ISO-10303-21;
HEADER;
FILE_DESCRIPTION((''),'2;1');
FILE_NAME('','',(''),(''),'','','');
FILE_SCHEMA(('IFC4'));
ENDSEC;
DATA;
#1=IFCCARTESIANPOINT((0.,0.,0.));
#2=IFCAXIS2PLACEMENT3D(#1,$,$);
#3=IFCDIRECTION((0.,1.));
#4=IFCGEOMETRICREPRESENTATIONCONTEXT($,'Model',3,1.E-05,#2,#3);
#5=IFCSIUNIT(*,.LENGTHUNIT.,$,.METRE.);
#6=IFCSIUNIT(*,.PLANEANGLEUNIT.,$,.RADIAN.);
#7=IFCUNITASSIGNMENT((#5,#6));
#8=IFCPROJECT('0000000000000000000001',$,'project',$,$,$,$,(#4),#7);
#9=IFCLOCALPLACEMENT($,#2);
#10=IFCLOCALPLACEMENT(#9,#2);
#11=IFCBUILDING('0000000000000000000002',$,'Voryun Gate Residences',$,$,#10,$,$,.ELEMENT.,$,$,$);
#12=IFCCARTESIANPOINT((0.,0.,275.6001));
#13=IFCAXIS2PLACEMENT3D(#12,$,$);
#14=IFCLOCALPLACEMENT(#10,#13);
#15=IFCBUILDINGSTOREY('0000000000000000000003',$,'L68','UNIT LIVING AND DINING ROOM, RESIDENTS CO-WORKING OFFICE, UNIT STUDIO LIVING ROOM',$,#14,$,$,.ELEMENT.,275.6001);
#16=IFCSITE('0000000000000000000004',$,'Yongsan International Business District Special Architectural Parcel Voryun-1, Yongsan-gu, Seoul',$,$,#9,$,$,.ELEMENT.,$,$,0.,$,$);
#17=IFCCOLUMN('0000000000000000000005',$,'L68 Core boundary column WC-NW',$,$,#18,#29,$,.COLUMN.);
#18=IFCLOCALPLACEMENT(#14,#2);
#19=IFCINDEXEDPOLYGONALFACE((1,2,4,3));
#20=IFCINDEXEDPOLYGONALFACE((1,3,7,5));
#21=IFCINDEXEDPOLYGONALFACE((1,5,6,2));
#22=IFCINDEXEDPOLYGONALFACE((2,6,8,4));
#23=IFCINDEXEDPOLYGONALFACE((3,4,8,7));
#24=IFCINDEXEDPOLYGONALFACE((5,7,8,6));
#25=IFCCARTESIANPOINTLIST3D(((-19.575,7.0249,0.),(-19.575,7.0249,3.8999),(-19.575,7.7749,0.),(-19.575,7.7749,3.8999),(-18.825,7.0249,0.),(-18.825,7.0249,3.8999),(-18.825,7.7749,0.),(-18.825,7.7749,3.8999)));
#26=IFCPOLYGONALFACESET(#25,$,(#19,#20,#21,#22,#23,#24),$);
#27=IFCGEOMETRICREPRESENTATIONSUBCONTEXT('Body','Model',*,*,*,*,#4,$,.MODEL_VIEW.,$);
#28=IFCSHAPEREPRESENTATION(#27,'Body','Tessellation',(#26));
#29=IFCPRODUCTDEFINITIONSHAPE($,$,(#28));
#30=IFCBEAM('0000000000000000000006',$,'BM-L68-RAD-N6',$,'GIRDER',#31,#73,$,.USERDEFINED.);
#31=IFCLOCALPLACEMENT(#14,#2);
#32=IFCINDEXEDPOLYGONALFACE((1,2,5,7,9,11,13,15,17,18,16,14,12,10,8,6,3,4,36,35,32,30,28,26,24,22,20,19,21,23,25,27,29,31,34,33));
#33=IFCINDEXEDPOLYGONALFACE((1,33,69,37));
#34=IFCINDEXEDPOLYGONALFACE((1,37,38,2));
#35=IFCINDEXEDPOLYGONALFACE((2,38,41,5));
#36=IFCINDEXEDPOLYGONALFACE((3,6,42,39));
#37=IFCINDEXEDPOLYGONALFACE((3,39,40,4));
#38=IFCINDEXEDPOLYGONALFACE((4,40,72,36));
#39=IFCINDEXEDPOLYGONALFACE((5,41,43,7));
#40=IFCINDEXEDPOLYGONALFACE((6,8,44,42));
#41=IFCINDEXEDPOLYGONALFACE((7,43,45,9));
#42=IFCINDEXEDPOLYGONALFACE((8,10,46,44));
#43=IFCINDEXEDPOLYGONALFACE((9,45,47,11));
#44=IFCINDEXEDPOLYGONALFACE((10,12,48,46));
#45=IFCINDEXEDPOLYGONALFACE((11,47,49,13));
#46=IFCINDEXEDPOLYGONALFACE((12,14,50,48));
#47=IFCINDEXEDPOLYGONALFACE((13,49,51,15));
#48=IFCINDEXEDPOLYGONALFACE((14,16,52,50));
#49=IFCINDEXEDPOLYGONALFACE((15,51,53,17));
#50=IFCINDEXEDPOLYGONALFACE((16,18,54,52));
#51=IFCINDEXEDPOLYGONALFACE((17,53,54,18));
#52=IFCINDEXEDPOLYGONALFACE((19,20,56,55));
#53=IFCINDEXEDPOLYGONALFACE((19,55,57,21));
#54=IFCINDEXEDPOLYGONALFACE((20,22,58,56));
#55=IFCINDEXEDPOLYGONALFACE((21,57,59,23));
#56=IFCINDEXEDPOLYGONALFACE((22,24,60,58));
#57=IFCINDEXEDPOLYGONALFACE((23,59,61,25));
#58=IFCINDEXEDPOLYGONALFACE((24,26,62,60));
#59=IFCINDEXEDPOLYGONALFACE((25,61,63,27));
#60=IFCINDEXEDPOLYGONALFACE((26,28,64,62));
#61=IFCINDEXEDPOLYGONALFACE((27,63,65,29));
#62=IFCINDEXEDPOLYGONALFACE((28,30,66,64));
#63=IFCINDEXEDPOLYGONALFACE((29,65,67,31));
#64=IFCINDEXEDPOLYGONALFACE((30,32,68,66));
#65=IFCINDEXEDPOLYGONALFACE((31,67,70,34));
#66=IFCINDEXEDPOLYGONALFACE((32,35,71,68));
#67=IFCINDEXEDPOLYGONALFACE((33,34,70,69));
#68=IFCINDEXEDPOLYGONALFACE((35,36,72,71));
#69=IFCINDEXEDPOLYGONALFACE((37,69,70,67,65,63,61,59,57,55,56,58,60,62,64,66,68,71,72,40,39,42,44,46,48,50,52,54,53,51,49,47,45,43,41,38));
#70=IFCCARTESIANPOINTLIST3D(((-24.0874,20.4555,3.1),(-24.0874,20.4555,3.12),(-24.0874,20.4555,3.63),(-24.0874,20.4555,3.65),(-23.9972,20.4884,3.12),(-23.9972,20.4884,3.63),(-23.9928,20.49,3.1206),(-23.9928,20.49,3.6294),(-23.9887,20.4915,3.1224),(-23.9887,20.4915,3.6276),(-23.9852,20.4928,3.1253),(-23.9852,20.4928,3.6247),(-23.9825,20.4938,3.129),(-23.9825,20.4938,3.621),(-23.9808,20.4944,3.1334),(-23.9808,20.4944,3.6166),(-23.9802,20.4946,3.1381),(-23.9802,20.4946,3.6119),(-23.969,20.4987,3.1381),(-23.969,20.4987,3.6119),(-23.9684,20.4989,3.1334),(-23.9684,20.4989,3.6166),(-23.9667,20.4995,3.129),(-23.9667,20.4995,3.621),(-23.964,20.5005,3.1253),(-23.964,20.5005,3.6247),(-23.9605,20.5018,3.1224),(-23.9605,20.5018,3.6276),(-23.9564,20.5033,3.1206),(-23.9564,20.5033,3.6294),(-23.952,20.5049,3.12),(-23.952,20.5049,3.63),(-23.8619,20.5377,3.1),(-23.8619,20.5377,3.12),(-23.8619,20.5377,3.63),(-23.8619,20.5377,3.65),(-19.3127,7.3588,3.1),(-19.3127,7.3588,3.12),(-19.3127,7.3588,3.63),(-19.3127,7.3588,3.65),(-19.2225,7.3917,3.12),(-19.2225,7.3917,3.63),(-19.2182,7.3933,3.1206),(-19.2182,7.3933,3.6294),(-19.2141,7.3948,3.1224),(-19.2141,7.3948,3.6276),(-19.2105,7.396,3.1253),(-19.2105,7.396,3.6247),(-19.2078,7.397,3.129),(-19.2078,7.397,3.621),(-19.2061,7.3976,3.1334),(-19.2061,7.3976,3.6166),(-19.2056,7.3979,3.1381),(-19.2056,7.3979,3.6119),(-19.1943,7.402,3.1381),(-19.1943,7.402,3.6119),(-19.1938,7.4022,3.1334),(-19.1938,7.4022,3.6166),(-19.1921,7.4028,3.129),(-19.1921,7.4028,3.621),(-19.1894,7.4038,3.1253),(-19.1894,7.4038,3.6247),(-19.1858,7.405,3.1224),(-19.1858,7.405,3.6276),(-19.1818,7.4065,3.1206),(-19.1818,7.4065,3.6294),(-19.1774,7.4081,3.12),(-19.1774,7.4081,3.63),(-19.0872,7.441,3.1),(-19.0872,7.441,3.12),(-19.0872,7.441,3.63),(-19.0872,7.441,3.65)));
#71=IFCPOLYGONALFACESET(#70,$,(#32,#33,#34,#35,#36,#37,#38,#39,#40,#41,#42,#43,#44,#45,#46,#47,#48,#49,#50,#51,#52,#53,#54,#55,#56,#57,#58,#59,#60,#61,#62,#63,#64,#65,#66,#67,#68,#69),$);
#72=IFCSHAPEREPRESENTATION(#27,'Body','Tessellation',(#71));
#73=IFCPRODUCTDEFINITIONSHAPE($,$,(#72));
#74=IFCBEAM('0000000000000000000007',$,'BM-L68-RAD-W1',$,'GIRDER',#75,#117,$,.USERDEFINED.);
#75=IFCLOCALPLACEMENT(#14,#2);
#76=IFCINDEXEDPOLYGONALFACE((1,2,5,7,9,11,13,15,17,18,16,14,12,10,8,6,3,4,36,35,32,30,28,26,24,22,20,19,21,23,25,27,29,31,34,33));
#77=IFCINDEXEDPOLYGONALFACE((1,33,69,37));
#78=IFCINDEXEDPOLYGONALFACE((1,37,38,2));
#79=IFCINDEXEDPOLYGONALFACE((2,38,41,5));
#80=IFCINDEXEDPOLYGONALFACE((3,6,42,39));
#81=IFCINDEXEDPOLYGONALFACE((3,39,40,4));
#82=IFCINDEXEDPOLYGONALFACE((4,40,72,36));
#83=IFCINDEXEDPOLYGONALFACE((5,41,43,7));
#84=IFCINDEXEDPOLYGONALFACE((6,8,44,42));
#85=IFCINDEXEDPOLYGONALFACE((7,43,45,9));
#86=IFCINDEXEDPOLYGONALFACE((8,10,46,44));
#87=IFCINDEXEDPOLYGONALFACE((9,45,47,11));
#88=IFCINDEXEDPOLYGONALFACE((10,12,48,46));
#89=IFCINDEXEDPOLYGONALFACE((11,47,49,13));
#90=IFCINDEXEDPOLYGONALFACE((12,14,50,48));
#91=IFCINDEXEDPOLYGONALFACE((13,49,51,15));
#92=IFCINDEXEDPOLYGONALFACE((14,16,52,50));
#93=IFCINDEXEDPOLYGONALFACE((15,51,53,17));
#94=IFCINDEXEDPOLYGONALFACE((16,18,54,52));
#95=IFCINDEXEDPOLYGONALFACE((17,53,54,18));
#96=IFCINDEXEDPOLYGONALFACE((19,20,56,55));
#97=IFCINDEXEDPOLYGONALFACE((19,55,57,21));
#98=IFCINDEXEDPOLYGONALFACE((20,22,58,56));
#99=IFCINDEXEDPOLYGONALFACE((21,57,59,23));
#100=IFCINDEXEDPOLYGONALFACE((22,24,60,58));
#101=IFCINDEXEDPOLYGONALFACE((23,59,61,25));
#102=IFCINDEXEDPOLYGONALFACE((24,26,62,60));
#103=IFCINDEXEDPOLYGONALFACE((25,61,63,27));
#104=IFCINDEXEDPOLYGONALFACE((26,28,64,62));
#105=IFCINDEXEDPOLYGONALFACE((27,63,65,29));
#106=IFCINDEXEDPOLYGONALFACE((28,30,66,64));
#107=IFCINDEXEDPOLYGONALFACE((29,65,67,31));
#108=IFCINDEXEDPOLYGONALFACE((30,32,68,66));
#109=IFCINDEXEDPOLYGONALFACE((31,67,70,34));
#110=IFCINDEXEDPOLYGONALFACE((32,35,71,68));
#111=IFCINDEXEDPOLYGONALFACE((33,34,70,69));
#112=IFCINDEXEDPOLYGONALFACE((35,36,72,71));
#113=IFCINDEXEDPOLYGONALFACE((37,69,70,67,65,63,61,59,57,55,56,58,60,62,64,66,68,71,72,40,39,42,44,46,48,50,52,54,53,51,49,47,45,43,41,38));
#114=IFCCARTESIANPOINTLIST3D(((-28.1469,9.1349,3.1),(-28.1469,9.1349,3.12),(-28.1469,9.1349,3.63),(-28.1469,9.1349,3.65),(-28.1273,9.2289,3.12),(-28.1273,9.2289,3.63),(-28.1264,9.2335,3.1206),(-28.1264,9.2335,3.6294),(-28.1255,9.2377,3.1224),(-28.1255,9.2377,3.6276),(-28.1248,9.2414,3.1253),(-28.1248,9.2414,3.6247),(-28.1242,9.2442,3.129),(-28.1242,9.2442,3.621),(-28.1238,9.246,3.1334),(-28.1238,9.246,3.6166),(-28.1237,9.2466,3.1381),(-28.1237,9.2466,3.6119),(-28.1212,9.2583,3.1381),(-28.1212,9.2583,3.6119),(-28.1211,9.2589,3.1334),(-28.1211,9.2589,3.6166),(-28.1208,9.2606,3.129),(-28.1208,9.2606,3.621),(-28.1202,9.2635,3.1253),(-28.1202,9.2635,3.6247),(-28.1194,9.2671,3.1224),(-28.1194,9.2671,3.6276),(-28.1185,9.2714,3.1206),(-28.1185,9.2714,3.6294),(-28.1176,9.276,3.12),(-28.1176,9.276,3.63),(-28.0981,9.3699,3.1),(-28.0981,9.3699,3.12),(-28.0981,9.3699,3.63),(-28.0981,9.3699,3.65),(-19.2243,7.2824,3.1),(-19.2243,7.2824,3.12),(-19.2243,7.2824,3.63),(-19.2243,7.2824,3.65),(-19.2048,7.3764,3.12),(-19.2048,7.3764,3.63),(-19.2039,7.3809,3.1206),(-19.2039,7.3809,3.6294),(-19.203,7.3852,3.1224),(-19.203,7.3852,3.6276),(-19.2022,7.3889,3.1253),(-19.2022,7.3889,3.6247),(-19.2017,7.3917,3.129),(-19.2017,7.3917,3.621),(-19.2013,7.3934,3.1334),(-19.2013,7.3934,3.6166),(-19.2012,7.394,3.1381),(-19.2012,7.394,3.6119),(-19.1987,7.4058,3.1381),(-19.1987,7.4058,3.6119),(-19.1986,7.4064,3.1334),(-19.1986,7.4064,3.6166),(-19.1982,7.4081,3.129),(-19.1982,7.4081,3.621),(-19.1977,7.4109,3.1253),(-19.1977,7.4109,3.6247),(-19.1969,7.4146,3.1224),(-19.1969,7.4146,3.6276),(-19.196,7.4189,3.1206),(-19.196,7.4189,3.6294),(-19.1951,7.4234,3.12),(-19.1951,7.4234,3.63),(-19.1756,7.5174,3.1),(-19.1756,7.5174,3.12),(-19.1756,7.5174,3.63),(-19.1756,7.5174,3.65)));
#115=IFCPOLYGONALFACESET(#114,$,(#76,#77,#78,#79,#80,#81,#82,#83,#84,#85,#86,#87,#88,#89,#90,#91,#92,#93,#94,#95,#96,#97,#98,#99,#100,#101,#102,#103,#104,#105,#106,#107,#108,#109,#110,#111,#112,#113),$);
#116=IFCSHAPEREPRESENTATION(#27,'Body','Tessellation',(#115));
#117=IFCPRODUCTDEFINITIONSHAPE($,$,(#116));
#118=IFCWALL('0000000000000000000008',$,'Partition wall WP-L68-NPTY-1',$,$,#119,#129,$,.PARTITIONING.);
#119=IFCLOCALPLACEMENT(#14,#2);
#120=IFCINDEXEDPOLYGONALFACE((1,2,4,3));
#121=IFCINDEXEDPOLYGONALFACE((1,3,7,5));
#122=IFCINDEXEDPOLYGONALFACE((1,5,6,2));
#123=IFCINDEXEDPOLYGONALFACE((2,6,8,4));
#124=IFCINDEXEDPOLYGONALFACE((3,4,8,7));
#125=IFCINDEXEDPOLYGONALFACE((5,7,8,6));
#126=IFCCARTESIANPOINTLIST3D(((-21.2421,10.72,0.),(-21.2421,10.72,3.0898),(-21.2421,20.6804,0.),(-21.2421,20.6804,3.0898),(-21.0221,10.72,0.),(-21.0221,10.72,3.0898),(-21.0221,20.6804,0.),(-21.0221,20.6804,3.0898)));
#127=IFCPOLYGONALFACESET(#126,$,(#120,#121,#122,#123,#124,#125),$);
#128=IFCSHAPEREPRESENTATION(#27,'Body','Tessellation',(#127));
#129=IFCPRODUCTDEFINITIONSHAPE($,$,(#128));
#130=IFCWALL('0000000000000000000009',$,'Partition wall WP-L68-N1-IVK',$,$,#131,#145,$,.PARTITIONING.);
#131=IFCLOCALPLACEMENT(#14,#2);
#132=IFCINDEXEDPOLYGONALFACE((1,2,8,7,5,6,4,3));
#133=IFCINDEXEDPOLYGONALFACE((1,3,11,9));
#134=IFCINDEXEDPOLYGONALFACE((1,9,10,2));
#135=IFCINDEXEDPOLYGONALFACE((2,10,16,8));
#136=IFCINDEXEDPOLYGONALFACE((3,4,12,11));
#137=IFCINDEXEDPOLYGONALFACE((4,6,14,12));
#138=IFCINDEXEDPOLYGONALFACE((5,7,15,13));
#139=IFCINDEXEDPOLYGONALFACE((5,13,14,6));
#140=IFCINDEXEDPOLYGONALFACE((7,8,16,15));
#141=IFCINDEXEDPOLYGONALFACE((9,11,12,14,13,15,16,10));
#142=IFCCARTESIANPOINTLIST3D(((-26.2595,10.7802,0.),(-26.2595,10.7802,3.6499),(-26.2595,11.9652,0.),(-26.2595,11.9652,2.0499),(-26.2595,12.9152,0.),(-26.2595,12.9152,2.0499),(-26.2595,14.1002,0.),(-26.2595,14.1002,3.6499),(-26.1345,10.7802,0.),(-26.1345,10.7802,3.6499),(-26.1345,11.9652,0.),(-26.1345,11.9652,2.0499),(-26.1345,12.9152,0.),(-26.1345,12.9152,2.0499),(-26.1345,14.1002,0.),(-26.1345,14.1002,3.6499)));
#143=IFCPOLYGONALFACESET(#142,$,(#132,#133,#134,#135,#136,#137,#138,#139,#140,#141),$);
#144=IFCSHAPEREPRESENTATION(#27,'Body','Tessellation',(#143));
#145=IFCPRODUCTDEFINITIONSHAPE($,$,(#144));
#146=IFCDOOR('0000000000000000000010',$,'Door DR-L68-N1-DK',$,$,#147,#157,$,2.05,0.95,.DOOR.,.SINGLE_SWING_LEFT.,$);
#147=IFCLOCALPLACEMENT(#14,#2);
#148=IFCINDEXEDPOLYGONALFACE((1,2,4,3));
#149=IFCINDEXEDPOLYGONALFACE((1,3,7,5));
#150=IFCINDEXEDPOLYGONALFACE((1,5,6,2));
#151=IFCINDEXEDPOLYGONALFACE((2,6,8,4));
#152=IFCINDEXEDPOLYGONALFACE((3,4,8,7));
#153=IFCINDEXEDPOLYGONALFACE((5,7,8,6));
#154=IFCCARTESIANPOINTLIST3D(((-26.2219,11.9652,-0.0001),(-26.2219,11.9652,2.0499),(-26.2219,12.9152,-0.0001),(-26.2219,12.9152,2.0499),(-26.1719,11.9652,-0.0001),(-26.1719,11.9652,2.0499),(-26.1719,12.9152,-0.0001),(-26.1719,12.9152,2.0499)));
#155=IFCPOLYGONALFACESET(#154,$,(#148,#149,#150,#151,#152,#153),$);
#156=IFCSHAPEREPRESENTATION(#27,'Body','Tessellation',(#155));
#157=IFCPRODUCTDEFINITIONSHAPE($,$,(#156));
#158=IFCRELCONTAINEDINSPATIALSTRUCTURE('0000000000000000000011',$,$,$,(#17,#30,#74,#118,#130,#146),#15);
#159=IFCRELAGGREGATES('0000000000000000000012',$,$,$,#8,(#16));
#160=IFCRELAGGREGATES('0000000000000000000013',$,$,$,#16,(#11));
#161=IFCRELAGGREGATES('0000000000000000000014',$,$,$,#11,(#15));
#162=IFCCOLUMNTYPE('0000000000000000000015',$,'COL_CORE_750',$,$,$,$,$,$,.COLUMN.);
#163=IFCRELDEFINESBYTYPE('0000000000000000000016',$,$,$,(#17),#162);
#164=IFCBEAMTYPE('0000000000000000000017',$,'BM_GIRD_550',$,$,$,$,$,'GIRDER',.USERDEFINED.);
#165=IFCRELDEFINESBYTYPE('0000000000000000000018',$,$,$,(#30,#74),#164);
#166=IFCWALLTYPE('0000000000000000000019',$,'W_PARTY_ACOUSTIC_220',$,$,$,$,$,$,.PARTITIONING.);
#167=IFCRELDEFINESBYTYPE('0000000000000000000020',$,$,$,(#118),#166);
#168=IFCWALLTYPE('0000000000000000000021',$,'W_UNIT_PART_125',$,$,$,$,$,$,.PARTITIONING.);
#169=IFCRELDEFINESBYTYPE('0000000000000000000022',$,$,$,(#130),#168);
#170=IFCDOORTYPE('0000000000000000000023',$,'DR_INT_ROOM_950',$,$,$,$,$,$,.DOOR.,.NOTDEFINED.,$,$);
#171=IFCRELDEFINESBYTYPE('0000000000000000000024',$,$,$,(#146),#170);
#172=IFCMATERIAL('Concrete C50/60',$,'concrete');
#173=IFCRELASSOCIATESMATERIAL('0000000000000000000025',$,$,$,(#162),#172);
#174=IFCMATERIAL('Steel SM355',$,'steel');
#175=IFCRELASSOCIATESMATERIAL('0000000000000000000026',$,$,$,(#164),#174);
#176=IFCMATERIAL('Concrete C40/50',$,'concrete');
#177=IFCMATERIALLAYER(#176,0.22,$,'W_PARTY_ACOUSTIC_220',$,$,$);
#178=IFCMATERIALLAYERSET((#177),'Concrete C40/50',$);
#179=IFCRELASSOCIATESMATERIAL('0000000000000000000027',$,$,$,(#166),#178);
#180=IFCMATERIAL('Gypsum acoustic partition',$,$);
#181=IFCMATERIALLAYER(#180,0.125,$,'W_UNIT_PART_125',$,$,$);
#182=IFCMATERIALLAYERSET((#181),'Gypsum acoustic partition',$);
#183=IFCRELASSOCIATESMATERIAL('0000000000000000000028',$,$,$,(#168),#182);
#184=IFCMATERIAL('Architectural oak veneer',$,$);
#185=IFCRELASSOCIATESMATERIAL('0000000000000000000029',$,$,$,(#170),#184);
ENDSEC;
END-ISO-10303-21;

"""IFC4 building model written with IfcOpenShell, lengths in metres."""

from ifc_helpers import new_model, si_unit, direction, frame, frame_2d, origin, origin_2d, place, context, subcontext, project, spatial, rectangle, i_section, extrude, material, layer, layer_set, material_profile, profile_set, type_object, element, fill, save


model = new_model("IFC4")

# Units and contexts
model_context = context("Model", 3, precision=1e-05, world=origin(), true_north=direction((0.0, 1.0)))
body_context = subcontext(model_context, "Body", "Model", "MODEL_VIEW")
ifc_project = project(units=[si_unit("LENGTHUNIT", "METRE"), si_unit("PLANEANGLEUNIT", "RADIAN")], contexts=[model_context])

# Site, building, storey
site_placement = place(None, origin())
site = spatial("IfcSite", under=ifc_project, at=site_placement, Name="Yongsan International Business District Special Architectural Parcel Voryun-1, Yongsan-gu, Seoul", CompositionType="ELEMENT", RefElevation=0.0)
building_placement = place(site_placement, origin())
building = spatial("IfcBuilding", under=site, at=building_placement, Name="Voryun Gate Residences", CompositionType="ELEMENT")
storey_placement = place(building_placement, frame((0.0, 0.0, 275.6001)))
storey = spatial("IfcBuildingStorey", under=building, at=storey_placement, Name="L68", Description="UNIT LIVING AND DINING ROOM, RESIDENTS CO-WORKING OFFICE, UNIT STUDIO LIVING ROOM", CompositionType="ELEMENT", Elevation=275.6001)

# Column
ifc_material_1 = material(Name="Concrete C50/60", Category="concrete")
ifc_material_profile_1 = material_profile(ifc_material_1, rectangle(XDim=0.75, YDim=0.75, at=origin_2d()), Name="RC-750x750")
ifc_profile_set_1 = profile_set([ifc_material_profile_1], Name="Concrete C50/60")
column_type = type_object("IfcColumnType", Name="COL_CORE_750", PredefinedType="COLUMN", material=ifc_profile_set_1)
column_placement = place(storey_placement, frame((-19.2, 7.3999, 0.0), z_axis=(0.0, 0.0, 1.0), x_axis=(1.0, 0.0, 0.0)))
element("IfcColumn", 1, at=column_placement, inside=storey, type_object=column_type, Name="L68 Core boundary column WC-NW", PredefinedType="COLUMN", context=body_context, shape_type="SweptSolid", body=[
    extrude(rectangle(XDim=0.75, YDim=0.75, at=origin_2d()), origin(), (0.0, 0.0, 1.0), 3.8999),
])

# Beams
ifc_material_2 = material(Name="Steel SM355", Category="steel")
ifc_material_profile_2 = material_profile(ifc_material_2, i_section(OverallWidth=0.24, OverallDepth=0.55, WebThickness=0.012, FlangeThickness=0.02, FilletRadius=0.0181, at=origin_2d()), Name="H-550x240x12x20")
ifc_profile_set_2 = profile_set([ifc_material_profile_2], Name="Steel SM355")
beam_type = type_object("IfcBeamType", Name="BM_GIRD_550", ElementType="GIRDER", PredefinedType="USERDEFINED", material=ifc_profile_set_2)
beam_1_placement = place(storey_placement, frame((-19.2, 7.3999, 3.375), z_axis=(-0.342518, 0.939511, 0.0), x_axis=(-0.939511, -0.342518, 0.0)))
element("IfcBeam", 2, at=beam_1_placement, inside=storey, type_object=beam_type, Name="BM-L68-RAD-N6", ObjectType="GIRDER", PredefinedType="USERDEFINED", context=body_context, shape_type="SweptSolid", body=[
    extrude(i_section(OverallWidth=0.24, OverallDepth=0.55, WebThickness=0.012, FlangeThickness=0.02, FilletRadius=0.0181, at=origin_2d()), origin(), (0.0, 0.0, 1.0), 13.9399),
])
beam_2_placement = place(storey_placement, frame((-19.2, 7.3999, 3.375), z_axis=(-0.979119, 0.203288, 0.0), x_axis=(-0.203288, -0.979119, 0.0)))
element("IfcBeam", 3, at=beam_2_placement, inside=storey, type_object=beam_type, Name="BM-L68-RAD-W1", ObjectType="GIRDER", PredefinedType="USERDEFINED", context=body_context, shape_type="SweptSolid", body=[
    extrude(i_section(OverallWidth=0.24, OverallDepth=0.55, WebThickness=0.012, FlangeThickness=0.02, FilletRadius=0.0181, at=origin_2d()), origin(), (0.0, 0.0, 1.0), 9.1128),
])

# Wall
ifc_material_3 = material(Name="Concrete C40/50", Category="concrete")
ifc_layer_1 = layer(ifc_material_3, 0.22, Name="W_PARTY_ACOUSTIC_220")
ifc_layer_set_1 = layer_set([ifc_layer_1], Name="Concrete C40/50")
wall_type_1 = type_object("IfcWallType", Name="W_PARTY_ACOUSTIC_220", PredefinedType="PARTITIONING", material=ifc_layer_set_1)
wall_1_placement = place(storey_placement, frame((-21.1321, 10.72, 0.0), z_axis=(0.0, 0.0, 1.0), x_axis=(0.0, 1.0, 0.0)))
element("IfcWall", 4, at=wall_1_placement, inside=storey, type_object=wall_type_1, Name="Partition wall WP-L68-NPTY-1", PredefinedType="PARTITIONING", context=body_context, shape_type="SweptSolid", body=[
    extrude(rectangle(XDim=9.9604, YDim=0.22, at=frame_2d((4.9802, 0.0))), origin(), (0.0, 0.0, 1.0), 3.0898),
])

# Wall, opening, door
ifc_material_4 = material(Name="Gypsum acoustic partition")
ifc_layer_2 = layer(ifc_material_4, 0.125, Name="W_UNIT_PART_125")
ifc_layer_set_2 = layer_set([ifc_layer_2], Name="Gypsum acoustic partition")
wall_type_2 = type_object("IfcWallType", Name="W_UNIT_PART_125", PredefinedType="PARTITIONING", material=ifc_layer_set_2)
wall_2_placement = place(storey_placement, frame((-26.197, 10.78, 0.0), z_axis=(0.0, 0.0, 1.0), x_axis=(0.0, 1.0, 0.0)))
wall_2 = element("IfcWall", 5, at=wall_2_placement, inside=storey, type_object=wall_type_2, Name="Partition wall WP-L68-N1-IVK", PredefinedType="PARTITIONING", context=body_context, shape_type="SweptSolid", body=[
    extrude(rectangle(XDim=3.3201, YDim=0.125, at=frame_2d((1.6602, 0.0))), origin(), (0.0, 0.0, 1.0), 3.6499),
])
opening_1_placement = place(wall_2_placement, frame((1.1851, 0.0, 0.0)))
opening_1 = element("IfcOpeningElement", 6, at=opening_1_placement, cuts=wall_2, PredefinedType="OPENING", context=body_context, shape_type="SweptSolid", body=[
    extrude(rectangle(XDim=0.95, YDim=2.05, at=frame_2d((0.4751, 1.0249))), frame((0.0, 0.0725, 0.0), z_axis=(0.0, -1.0, 0.0), x_axis=(1.0, 0.0, 0.0)), (0.0, 0.0, 1.0), 0.145),
])
ifc_material_5 = material(Name="Architectural oak veneer")
door_type_1 = type_object("IfcDoorType", Name="DR_INT_ROOM_950", OperationType="NOTDEFINED", PredefinedType="DOOR", material=ifc_material_5)
door_1_placement = place(opening_1_placement, origin())
door_1 = element("IfcDoor", 7, at=door_1_placement, inside=storey, type_object=door_type_1, Name="Door DR-L68-N1-DK", OperationType="SINGLE_SWING_LEFT", OverallHeight=2.05, OverallWidth=0.95, PredefinedType="DOOR", context=body_context, shape_type="SweptSolid", body=[
    extrude(rectangle(XDim=0.95, YDim=2.05, at=frame_2d((0.4751, 1.0249))), frame((0.0, 0.0249, 0.0), z_axis=(0.0, -1.0, 0.0), x_axis=(1.0, 0.0, 0.0)), (0.0, 0.0, 1.0), 0.05),
])
fill(opening_1, door_1)

save(model, "model.ifc")
